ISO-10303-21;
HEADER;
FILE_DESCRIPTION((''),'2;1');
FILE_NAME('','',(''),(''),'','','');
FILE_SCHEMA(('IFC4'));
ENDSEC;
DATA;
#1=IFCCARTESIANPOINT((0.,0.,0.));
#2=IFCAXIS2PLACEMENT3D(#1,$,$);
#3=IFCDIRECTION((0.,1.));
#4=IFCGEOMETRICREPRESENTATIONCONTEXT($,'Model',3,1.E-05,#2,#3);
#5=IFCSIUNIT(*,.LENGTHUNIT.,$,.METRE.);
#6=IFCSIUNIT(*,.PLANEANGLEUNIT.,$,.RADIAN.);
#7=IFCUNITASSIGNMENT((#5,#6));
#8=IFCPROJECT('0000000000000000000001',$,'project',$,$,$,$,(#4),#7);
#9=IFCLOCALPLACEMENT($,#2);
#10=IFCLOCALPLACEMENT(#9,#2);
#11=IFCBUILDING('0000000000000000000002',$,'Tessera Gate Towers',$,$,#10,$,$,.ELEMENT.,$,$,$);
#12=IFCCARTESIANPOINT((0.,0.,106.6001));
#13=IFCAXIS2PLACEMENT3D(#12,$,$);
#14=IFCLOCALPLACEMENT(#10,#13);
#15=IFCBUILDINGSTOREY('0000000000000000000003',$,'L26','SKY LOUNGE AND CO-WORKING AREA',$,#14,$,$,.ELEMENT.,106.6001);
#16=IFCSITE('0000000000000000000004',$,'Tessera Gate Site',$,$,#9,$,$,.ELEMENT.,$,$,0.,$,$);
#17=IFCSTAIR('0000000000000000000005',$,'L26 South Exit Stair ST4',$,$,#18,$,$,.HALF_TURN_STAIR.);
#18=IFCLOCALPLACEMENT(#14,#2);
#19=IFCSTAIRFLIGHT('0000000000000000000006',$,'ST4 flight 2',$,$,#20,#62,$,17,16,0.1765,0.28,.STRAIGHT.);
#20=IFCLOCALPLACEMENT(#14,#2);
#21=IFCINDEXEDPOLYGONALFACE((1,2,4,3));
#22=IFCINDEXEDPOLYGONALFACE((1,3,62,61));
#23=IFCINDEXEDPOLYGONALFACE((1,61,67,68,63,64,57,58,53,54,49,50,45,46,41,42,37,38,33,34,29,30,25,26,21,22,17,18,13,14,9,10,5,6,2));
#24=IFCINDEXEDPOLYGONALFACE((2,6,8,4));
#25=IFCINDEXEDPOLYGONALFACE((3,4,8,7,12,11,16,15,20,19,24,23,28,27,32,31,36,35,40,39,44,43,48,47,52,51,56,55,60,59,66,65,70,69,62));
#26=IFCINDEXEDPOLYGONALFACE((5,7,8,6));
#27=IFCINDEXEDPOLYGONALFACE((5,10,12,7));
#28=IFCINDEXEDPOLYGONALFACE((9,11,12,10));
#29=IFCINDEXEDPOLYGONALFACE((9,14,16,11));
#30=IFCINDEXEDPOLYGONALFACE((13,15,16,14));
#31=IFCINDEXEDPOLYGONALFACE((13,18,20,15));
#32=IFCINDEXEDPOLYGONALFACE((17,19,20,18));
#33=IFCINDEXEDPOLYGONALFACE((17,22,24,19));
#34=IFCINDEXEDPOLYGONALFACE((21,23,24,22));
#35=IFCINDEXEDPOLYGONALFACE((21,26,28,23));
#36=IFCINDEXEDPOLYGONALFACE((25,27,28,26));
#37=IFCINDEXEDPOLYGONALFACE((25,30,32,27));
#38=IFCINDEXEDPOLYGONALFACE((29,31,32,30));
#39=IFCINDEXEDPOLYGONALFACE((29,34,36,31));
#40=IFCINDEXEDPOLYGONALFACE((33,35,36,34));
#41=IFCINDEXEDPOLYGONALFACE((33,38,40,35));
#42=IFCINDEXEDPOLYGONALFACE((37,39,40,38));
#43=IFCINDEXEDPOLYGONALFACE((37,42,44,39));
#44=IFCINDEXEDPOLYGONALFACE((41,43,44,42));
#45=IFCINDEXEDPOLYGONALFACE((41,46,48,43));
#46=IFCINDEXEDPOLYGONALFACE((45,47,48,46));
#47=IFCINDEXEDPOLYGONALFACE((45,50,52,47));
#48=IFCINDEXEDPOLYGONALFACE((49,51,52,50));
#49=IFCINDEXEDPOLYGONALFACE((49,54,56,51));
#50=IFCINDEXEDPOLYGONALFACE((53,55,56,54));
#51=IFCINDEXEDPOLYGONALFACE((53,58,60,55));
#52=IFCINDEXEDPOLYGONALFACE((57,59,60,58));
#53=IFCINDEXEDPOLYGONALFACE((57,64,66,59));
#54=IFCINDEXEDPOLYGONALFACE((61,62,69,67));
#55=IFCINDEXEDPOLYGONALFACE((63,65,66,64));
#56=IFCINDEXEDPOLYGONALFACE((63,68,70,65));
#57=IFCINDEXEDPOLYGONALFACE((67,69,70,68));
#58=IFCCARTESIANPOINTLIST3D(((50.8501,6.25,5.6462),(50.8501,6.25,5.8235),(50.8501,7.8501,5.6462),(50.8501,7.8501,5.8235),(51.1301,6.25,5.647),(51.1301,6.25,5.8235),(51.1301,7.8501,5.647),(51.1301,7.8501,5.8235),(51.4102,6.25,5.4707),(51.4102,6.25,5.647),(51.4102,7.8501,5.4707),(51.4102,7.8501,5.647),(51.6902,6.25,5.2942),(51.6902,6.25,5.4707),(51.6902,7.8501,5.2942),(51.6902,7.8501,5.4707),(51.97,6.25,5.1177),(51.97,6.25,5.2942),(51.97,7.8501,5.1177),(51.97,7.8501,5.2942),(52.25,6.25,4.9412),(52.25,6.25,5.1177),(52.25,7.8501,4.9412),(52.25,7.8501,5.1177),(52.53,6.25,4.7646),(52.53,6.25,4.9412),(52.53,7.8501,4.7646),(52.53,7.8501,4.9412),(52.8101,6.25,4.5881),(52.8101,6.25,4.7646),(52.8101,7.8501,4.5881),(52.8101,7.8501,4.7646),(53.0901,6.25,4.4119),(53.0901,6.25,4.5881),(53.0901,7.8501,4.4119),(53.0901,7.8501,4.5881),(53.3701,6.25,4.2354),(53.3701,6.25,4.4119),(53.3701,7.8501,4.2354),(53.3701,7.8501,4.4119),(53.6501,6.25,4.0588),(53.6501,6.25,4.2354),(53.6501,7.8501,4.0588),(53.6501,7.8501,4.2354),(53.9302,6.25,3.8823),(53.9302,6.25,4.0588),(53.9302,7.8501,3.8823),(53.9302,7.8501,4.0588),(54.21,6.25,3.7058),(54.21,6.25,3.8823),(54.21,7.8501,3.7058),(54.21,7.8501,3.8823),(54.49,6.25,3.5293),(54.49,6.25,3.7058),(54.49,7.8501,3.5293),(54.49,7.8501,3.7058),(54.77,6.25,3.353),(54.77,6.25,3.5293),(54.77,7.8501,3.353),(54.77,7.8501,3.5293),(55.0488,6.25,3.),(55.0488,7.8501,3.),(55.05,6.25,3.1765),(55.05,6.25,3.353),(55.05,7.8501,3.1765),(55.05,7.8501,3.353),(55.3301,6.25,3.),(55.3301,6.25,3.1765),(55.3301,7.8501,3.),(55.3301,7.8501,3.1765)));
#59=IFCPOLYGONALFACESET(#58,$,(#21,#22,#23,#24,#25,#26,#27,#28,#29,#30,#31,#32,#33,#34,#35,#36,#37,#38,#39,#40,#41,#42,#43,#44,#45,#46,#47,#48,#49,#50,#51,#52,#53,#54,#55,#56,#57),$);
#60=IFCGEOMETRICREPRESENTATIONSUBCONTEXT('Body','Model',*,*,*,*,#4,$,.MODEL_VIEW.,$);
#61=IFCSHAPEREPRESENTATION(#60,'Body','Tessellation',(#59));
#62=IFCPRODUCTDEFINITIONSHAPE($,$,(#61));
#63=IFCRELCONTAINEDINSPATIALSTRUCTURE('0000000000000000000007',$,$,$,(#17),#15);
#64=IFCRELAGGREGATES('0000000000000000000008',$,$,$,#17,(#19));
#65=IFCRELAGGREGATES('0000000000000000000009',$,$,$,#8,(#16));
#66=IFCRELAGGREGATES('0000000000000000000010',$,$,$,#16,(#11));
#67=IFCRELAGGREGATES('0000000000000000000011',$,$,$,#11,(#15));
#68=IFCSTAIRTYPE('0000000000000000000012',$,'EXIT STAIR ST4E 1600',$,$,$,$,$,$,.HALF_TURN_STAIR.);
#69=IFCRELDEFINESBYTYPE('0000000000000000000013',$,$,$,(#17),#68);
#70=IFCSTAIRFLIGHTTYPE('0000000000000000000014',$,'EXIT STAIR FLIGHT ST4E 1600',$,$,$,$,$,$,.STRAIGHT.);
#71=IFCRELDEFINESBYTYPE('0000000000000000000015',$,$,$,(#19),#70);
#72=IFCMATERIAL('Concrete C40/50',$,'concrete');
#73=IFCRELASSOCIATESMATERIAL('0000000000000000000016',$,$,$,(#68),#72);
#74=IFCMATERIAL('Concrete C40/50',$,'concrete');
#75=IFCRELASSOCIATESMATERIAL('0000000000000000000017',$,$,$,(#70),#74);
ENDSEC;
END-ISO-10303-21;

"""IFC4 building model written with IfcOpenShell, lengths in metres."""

from ifc_helpers import new_model, si_unit, direction, frame, origin, place, context, subcontext, project, spatial, polyline, outline, extrude, material, type_object, element, aggregate, save


model = new_model("IFC4")

# Units and contexts
model_context = context("Model", 3, precision=1e-05, world=origin(), true_north=direction((0.0, 1.0)))
body_context = subcontext(model_context, "Body", "Model", "MODEL_VIEW")
ifc_project = project(units=[si_unit("LENGTHUNIT", "METRE"), si_unit("PLANEANGLEUNIT", "RADIAN")], contexts=[model_context])

# Site, building, storey
site_placement = place(None, origin())
site = spatial("IfcSite", under=ifc_project, at=site_placement, Name="Tessera Gate Site", CompositionType="ELEMENT", RefElevation=0.0)
building_placement = place(site_placement, origin())
building = spatial("IfcBuilding", under=site, at=building_placement, Name="Tessera Gate Towers", CompositionType="ELEMENT")
storey_placement = place(building_placement, frame((0.0, 0.0, 106.6001)))
storey = spatial("IfcBuildingStorey", under=building, at=storey_placement, Name="L26", Description="SKY LOUNGE AND CO-WORKING AREA", CompositionType="ELEMENT", Elevation=106.6001)

# Stair, stair flight
ifc_material_1 = material(Name="Concrete C40/50", Category="concrete")
stair_type = type_object("IfcStairType", Name="EXIT STAIR ST4E 1600", PredefinedType="HALF_TURN_STAIR", material=ifc_material_1)
stair_placement = place(storey_placement, origin())
stair = element("IfcStair", 1, at=stair_placement, inside=storey, type_object=stair_type, Name="L26 South Exit Stair ST4", PredefinedType="HALF_TURN_STAIR")
ifc_material_2 = material(Name="Concrete C40/50", Category="concrete")
stair_flight_type = type_object("IfcStairFlightType", Name="EXIT STAIR FLIGHT ST4E 1600", PredefinedType="STRAIGHT", material=ifc_material_2)
stair_flight_placement = place(storey_placement, frame((55.3301, 7.05, 3.0), z_axis=(0.0, 0.0, 1.0), x_axis=(-1.0, 0.0, 0.0)))
stair_flight = element("IfcStairFlight", 2, at=stair_flight_placement, type_object=stair_flight_type, Name="ST4 flight 2", NumberOfRisers=17, NumberOfTreads=16, PredefinedType="STRAIGHT", RiserHeight=0.1765, TreadLength=0.28, context=body_context, shape_type="SweptSolid", body=[
    extrude(outline(polyline([(0.0, 0.0), (0.0, 0.1765), (0.28, 0.1765), (0.28, 0.353), (0.5601, 0.353), (0.5601, 0.5293), (0.8401, 0.5293), (0.8401, 0.7058), (1.1201, 0.7058), (1.1201, 0.8823), (1.3999, 0.8823), (1.3999, 1.0588), (1.6799, 1.0588), (1.6799, 1.2354), (1.96, 1.2354), (1.96, 1.4119), (2.24, 1.4119), (2.24, 1.5881), (2.52, 1.5881), (2.52, 1.7646), (2.8, 1.7646), (2.8, 1.9412), (3.0801, 1.9412), (3.0801, 2.1177), (3.3601, 2.1177), (3.3601, 2.2942), (3.6399, 2.2942), (3.6399, 2.4707), (3.9199, 2.4707), (3.9199, 2.647), (4.2, 2.647), (4.2, 2.8235), (4.48, 2.8235), (4.48, 3.0), (4.48, 2.6462), (0.2812, 0.0), (0.0, 0.0)])), frame((0.0, 0.8, 0.0), z_axis=(0.0, -1.0, 0.0), x_axis=(1.0, 0.0, 0.0)), (0.0, 0.0, 1.0), 1.6001),
])
aggregate(stair, [stair_flight])

save(model, "model.ifc")
